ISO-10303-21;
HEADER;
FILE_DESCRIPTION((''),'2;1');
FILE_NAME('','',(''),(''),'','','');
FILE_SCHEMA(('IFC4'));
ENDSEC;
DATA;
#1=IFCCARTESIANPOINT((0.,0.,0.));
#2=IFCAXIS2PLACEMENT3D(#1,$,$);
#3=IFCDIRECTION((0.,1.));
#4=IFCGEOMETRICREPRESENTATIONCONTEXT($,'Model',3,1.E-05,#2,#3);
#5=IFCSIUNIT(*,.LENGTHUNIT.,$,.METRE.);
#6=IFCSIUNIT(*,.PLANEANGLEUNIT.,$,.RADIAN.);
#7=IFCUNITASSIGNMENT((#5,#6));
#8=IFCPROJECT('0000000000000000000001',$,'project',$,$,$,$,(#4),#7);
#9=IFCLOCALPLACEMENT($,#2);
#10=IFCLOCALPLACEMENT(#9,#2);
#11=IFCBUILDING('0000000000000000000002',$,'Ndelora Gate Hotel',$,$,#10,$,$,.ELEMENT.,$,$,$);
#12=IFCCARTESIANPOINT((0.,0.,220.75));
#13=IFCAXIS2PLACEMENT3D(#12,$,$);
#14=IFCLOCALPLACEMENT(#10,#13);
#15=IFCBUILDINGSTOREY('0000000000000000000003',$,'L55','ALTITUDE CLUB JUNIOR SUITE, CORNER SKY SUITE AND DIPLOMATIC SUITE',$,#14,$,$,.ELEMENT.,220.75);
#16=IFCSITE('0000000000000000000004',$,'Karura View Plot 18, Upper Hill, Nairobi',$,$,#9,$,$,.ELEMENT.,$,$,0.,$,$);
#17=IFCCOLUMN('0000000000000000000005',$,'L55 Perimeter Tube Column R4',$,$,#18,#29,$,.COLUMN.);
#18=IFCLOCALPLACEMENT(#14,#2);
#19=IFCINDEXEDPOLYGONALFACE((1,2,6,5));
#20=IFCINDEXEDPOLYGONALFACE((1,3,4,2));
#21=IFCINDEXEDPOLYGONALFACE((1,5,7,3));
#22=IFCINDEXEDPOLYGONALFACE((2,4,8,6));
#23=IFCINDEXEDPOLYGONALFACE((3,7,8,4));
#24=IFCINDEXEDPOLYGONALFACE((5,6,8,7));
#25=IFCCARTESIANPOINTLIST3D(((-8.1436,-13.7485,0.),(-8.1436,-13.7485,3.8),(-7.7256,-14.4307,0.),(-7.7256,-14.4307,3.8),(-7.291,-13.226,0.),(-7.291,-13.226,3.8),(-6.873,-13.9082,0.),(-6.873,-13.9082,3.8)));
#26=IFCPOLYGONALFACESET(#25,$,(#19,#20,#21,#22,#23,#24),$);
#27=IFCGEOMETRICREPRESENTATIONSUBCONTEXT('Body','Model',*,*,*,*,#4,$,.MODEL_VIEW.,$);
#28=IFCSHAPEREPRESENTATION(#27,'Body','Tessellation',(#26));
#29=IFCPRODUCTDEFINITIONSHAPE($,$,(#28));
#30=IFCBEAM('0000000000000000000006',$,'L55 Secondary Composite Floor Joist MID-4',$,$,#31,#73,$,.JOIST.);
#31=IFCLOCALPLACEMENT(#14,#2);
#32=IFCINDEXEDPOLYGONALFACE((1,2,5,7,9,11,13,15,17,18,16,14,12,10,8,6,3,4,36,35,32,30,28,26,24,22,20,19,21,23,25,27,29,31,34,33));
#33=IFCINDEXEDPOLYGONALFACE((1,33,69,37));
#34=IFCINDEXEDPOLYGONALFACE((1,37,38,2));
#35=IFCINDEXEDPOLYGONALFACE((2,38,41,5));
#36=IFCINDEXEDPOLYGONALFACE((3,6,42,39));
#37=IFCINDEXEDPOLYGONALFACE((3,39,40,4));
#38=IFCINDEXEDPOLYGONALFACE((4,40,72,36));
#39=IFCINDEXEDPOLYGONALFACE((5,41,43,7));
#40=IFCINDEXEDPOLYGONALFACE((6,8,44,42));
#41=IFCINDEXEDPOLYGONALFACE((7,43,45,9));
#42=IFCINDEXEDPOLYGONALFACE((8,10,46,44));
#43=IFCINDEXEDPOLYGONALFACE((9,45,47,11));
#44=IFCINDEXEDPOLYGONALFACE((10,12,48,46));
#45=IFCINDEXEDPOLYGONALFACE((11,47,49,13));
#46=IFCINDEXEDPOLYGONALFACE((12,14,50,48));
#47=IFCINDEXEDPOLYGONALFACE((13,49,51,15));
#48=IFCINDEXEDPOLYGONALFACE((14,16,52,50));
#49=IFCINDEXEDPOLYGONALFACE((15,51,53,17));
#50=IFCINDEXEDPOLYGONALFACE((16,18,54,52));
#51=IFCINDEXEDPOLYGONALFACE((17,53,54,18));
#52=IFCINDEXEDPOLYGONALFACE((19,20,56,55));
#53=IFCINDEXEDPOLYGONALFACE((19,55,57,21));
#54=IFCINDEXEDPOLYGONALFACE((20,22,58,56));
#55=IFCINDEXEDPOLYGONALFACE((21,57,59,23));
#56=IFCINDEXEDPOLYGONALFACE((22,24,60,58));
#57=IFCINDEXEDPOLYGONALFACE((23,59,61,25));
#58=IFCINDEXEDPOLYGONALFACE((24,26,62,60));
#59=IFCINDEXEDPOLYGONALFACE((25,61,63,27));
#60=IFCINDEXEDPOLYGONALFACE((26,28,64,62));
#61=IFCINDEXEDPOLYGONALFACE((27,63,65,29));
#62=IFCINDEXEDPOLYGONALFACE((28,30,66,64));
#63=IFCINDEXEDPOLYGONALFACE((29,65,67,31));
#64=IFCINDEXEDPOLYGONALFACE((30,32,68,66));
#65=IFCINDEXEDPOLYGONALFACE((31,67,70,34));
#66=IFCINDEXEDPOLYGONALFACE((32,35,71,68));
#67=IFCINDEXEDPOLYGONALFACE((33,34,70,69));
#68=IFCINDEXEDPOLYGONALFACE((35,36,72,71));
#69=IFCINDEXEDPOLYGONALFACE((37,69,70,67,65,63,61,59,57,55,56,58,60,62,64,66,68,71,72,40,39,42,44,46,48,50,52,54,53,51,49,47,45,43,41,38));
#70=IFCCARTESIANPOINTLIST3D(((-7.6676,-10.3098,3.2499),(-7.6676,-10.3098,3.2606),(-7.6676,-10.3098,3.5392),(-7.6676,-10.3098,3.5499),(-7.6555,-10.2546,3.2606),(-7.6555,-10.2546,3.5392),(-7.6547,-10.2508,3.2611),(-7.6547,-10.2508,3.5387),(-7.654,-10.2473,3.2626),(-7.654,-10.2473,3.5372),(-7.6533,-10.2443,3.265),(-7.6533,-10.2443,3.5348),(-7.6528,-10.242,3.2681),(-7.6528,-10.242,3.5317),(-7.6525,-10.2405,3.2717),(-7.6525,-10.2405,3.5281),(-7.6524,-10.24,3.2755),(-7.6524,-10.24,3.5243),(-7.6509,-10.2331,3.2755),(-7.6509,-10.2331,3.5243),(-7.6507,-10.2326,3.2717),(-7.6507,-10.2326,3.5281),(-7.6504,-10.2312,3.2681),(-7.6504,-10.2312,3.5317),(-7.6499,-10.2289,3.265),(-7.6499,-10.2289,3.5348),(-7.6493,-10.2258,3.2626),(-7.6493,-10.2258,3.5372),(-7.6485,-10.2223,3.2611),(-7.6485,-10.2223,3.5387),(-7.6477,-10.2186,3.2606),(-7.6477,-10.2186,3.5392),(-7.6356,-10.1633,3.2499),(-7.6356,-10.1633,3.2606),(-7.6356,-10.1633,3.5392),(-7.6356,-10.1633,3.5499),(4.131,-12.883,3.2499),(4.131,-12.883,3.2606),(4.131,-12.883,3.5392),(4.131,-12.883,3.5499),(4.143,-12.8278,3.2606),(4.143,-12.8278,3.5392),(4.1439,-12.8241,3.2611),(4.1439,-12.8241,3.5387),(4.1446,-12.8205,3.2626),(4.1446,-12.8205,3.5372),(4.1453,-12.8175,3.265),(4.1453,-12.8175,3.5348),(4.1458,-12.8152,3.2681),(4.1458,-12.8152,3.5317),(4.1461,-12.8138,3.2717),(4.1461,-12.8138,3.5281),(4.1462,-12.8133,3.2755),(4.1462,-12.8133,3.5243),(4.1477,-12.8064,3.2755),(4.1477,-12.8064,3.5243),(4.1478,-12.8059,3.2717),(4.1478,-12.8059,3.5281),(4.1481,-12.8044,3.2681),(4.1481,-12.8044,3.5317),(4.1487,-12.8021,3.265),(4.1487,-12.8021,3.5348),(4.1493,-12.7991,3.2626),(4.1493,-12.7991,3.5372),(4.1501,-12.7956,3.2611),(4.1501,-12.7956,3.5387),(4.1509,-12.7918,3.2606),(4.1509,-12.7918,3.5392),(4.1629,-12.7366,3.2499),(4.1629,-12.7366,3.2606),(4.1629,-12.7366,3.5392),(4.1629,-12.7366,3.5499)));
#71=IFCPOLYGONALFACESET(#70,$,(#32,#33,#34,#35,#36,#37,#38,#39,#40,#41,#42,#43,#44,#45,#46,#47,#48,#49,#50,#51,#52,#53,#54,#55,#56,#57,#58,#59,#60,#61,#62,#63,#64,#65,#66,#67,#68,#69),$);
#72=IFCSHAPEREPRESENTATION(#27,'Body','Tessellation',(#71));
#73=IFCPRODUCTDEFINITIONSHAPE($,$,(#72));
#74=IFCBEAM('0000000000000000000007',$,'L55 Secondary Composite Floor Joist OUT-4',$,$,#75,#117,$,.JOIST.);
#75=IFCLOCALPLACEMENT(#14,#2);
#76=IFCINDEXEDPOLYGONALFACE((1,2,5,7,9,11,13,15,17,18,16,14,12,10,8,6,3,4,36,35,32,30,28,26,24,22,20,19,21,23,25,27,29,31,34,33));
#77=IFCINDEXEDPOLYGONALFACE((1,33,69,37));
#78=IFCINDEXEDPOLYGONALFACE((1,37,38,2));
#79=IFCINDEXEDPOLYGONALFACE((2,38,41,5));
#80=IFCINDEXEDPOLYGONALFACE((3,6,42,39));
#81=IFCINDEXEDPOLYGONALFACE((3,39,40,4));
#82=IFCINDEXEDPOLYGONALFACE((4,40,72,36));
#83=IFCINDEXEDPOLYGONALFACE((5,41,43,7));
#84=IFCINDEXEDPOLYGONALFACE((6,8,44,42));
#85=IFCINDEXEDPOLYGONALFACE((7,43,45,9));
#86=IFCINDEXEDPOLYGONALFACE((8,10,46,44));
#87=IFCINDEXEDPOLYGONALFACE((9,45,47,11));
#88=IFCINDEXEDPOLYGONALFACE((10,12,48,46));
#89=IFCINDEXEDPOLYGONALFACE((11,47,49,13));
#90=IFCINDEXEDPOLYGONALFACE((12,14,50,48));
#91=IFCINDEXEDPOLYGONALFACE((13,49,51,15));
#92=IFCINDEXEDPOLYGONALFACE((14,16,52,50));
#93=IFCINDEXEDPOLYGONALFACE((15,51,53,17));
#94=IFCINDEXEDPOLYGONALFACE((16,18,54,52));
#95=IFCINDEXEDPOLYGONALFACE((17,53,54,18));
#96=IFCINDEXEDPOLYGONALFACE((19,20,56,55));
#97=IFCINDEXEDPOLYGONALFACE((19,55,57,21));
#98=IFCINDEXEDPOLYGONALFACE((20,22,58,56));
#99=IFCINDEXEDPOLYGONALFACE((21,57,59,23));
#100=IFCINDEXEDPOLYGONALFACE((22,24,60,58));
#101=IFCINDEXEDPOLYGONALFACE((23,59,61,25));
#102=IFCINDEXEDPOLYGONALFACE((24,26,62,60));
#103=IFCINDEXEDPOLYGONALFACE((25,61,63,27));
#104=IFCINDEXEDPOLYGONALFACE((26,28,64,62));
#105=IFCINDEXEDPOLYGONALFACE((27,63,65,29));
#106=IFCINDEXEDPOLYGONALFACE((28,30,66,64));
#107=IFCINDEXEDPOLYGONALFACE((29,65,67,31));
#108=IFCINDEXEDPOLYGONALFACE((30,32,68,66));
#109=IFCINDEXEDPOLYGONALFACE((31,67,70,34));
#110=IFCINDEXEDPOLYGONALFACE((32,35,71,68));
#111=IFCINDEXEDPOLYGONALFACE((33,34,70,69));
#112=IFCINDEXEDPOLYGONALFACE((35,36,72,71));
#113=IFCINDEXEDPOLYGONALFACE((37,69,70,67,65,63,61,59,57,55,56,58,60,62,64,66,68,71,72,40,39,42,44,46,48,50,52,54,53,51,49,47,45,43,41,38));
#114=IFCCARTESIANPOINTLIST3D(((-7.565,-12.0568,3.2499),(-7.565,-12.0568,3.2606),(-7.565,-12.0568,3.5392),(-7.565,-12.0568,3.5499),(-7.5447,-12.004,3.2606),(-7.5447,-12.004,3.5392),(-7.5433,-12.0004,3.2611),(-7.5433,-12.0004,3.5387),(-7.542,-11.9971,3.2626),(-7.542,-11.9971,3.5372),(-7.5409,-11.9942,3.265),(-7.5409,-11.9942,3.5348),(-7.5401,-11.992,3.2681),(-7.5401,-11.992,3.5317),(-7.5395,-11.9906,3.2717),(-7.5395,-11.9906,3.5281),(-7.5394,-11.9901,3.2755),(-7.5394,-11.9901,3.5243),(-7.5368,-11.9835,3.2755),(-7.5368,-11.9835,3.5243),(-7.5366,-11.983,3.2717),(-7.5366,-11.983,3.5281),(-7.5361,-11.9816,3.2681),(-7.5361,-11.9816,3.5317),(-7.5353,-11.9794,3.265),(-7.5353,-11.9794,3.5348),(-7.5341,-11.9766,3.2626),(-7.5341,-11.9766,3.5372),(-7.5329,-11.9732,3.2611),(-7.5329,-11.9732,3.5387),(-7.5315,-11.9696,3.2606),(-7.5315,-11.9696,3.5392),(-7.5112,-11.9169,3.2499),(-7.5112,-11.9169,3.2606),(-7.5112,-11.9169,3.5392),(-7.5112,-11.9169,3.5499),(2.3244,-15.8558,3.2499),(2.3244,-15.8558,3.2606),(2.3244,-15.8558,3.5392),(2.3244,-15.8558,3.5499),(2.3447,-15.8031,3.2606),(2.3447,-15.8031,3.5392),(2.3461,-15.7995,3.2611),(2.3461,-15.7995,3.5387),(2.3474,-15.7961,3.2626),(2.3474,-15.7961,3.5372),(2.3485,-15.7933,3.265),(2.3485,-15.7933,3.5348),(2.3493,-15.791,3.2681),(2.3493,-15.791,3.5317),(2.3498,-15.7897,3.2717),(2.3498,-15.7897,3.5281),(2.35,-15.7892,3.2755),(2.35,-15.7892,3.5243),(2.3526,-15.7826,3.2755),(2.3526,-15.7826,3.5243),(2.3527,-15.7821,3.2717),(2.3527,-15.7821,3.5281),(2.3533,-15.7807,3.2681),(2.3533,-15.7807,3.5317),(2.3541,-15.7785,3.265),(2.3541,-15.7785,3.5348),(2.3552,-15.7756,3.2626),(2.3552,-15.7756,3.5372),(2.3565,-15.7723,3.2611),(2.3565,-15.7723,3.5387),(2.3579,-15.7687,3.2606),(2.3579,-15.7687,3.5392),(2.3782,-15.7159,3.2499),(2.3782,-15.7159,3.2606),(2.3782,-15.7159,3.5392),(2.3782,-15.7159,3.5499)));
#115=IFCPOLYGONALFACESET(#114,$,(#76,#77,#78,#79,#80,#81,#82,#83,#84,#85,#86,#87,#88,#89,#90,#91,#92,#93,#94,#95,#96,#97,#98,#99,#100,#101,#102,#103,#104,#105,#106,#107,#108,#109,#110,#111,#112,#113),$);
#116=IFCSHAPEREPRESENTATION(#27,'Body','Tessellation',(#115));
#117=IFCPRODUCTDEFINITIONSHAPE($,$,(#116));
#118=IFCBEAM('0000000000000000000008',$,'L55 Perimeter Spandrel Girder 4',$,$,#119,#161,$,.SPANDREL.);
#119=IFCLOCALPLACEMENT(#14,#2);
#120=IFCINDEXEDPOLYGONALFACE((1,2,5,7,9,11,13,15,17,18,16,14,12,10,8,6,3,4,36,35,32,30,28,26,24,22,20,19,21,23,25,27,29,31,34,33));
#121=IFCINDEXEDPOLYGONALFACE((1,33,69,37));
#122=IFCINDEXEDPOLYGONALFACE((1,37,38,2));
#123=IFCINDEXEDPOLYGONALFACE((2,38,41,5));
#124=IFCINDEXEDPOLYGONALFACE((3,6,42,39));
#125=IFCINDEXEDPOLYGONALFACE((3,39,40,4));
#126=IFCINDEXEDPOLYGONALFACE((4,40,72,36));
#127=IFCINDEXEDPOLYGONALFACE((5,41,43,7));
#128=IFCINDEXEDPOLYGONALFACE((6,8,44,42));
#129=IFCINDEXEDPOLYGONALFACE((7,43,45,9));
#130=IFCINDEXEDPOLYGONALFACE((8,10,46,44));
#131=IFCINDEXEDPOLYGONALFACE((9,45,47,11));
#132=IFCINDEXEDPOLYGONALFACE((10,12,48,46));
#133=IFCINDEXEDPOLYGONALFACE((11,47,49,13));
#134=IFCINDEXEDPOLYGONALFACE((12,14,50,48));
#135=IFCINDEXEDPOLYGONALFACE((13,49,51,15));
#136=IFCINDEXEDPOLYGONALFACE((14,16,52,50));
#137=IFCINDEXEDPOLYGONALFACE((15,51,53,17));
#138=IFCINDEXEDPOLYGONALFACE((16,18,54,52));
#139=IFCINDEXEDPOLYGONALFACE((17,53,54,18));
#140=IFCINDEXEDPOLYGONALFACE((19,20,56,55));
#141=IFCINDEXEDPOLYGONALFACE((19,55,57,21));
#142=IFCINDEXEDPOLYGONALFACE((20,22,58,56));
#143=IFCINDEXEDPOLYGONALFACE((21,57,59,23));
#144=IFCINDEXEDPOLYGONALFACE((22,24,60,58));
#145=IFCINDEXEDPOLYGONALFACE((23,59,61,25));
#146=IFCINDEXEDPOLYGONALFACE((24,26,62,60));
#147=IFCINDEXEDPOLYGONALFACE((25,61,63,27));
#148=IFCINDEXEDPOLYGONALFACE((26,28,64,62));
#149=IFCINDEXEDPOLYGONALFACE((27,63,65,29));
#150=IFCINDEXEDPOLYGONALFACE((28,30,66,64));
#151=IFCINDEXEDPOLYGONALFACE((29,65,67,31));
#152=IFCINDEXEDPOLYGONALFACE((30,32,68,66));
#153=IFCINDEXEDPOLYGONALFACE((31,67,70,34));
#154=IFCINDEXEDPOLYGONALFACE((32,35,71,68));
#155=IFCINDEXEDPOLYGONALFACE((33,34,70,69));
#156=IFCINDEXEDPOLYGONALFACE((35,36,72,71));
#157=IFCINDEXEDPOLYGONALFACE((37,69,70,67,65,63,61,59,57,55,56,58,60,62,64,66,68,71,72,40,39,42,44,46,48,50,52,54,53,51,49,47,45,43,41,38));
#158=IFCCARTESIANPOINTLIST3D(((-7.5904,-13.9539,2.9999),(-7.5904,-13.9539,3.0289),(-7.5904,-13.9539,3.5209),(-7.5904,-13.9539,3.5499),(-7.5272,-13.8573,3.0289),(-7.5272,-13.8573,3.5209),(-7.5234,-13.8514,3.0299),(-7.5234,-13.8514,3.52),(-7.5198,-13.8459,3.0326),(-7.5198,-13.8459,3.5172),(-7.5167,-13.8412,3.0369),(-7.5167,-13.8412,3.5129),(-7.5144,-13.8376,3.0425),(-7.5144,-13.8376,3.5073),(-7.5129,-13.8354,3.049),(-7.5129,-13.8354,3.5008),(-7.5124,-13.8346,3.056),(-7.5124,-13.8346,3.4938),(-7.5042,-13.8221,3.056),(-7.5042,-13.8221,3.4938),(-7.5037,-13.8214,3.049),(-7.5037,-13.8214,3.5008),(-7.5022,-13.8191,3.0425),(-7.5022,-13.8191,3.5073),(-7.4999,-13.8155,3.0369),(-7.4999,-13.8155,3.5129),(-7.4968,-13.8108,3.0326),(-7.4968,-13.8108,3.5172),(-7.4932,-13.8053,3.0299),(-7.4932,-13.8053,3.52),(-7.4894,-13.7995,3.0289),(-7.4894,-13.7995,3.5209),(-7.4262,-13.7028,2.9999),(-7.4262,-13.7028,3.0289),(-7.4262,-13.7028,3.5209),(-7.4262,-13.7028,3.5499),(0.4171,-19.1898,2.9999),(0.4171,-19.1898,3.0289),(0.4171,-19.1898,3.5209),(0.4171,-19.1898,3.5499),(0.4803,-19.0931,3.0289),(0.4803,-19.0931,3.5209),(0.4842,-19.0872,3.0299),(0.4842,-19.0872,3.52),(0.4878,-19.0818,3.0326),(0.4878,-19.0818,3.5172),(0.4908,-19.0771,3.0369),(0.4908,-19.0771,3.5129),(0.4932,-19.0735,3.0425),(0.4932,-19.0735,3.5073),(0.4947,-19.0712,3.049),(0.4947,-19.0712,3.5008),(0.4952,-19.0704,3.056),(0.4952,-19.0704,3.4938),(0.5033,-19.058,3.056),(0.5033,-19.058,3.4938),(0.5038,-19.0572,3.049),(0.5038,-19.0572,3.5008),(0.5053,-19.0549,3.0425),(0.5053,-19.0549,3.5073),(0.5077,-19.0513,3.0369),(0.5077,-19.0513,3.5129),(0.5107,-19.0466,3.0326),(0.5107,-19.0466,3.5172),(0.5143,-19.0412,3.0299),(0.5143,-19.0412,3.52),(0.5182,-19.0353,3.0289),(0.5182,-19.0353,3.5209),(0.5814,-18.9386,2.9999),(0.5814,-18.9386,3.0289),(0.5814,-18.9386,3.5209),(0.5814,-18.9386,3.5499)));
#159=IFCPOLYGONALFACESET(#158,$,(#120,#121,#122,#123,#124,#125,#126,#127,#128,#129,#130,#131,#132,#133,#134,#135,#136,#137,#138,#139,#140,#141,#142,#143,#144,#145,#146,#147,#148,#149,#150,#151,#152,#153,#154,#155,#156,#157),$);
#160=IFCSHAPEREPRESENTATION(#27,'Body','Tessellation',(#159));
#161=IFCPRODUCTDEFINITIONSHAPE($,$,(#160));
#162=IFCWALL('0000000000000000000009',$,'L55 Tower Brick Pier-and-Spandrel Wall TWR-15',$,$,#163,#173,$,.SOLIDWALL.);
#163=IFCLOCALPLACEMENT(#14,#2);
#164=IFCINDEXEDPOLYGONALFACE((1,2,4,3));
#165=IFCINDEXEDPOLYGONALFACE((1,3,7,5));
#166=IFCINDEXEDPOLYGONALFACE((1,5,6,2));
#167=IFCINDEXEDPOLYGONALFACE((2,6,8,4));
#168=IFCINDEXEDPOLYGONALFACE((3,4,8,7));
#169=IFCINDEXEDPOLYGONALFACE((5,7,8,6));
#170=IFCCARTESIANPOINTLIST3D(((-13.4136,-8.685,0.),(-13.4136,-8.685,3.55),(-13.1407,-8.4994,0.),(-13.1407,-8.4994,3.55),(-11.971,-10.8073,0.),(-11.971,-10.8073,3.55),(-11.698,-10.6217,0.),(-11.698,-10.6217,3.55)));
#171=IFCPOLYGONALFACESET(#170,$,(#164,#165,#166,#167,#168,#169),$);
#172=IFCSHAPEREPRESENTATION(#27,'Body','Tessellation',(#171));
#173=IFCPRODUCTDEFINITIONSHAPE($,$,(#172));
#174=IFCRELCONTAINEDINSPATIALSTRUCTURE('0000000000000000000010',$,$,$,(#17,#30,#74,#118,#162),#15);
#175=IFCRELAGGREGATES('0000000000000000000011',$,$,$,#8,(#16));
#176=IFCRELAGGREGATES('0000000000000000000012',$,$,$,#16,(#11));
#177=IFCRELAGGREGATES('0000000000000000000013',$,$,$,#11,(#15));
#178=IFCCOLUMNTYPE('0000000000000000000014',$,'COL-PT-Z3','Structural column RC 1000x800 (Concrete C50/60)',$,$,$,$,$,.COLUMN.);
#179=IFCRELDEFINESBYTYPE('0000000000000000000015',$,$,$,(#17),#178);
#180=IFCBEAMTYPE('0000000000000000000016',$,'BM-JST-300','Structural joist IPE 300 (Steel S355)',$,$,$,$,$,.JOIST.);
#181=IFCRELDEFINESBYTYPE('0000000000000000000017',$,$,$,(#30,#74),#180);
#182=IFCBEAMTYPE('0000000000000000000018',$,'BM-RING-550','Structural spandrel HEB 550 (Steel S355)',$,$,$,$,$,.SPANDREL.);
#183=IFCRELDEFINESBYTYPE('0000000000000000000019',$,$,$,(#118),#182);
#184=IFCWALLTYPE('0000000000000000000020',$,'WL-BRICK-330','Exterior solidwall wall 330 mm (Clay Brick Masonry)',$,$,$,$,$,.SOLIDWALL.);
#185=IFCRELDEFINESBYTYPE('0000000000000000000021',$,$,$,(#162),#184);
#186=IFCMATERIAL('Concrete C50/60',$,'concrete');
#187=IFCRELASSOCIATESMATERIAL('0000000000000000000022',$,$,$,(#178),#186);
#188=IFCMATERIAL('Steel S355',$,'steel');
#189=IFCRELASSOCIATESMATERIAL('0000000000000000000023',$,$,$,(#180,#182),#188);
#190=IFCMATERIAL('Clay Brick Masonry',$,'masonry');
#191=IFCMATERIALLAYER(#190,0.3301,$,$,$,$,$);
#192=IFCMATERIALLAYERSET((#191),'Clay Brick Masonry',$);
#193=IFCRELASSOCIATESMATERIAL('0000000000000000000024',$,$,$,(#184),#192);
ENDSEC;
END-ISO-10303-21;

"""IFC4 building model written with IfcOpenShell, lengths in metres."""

from ifc_helpers import new_model, si_unit, direction, frame, frame_2d, origin, origin_2d, place, context, subcontext, project, spatial, rectangle, i_section, extrude, material, layer, layer_set, material_profile, profile_set, type_object, element, save


model = new_model("IFC4")

# Units and contexts
model_context = context("Model", 3, precision=1e-05, world=origin(), true_north=direction((0.0, 1.0)))
body_context = subcontext(model_context, "Body", "Model", "MODEL_VIEW")
ifc_project = project(units=[si_unit("LENGTHUNIT", "METRE"), si_unit("PLANEANGLEUNIT", "RADIAN")], contexts=[model_context])

# Site, building, storey
site_placement = place(None, origin())
site = spatial("IfcSite", under=ifc_project, at=site_placement, Name="Karura View Plot 18, Upper Hill, Nairobi", CompositionType="ELEMENT", RefElevation=0.0)
building_placement = place(site_placement, origin())
building = spatial("IfcBuilding", under=site, at=building_placement, Name="Ndelora Gate Hotel", CompositionType="ELEMENT")
storey_placement = place(building_placement, frame((0.0, 0.0, 220.75)))
storey = spatial("IfcBuildingStorey", under=building, at=storey_placement, Name="L55", Description="ALTITUDE CLUB JUNIOR SUITE, CORNER SKY SUITE AND DIPLOMATIC SUITE", CompositionType="ELEMENT", Elevation=220.75)

# Column
ifc_material_1 = material(Name="Concrete C50/60", Category="concrete")
ifc_material_profile_1 = material_profile(ifc_material_1, rectangle(XDim=0.8, YDim=1.0, at=origin_2d()), Name="RC 1000x800")
ifc_profile_set_1 = profile_set([ifc_material_profile_1], Name="Concrete C50/60")
column_type = type_object("IfcColumnType", Name="COL-PT-Z3", Description="Structural column RC 1000x800 (Concrete C50/60)", PredefinedType="COLUMN", material=ifc_profile_set_1)
column_placement = place(storey_placement, frame((-7.5083, -13.8284, 0.0), z_axis=(0.0, 0.0, 1.0), x_axis=(-0.522499, 0.85264, 0.0)))
element("IfcColumn", 1, at=column_placement, inside=storey, type_object=column_type, Name="L55 Perimeter Tube Column R4", PredefinedType="COLUMN", context=body_context, shape_type="SweptSolid", body=[
    extrude(rectangle(XDim=0.8, YDim=1.0, at=origin_2d()), origin(), (0.0, 0.0, 1.0), 3.8),
])

# Beams
ifc_material_2 = material(Name="Steel S355", Category="steel")
ifc_material_profile_2 = material_profile(ifc_material_2, i_section(OverallWidth=0.1499, OverallDepth=0.3, WebThickness=0.0071, FlangeThickness=0.0107, FilletRadius=0.0149, at=origin_2d()), Name="IPE 300")
ifc_profile_set_2 = profile_set([ifc_material_profile_2], Name="Steel S355")
beam_type_1 = type_object("IfcBeamType", Name="BM-JST-300", Description="Structural joist IPE 300 (Steel S355)", PredefinedType="JOIST", material=ifc_profile_set_2)
beam_1_placement = place(storey_placement, frame((-7.6516, -10.2366, 3.3999), z_axis=(0.977033, -0.213088, 0.0), x_axis=(0.213088, 0.977033, 0.0)))
element("IfcBeam", 2, at=beam_1_placement, inside=storey, type_object=beam_type_1, Name="L55 Secondary Composite Floor Joist MID-4", PredefinedType="JOIST", context=body_context, shape_type="SweptSolid", body=[
    extrude(i_section(OverallWidth=0.1499, OverallDepth=0.3, WebThickness=0.0071, FlangeThickness=0.0107, FilletRadius=0.0149, at=origin_2d()), origin(), (0.0, 0.0, 1.0), 12.0759),
])
beam_2_placement = place(storey_placement, frame((-7.5381, -11.9868, 3.3999), z_axis=(0.933489, -0.358605, 0.0), x_axis=(0.358605, 0.933489, 0.0)))
element("IfcBeam", 3, at=beam_2_placement, inside=storey, type_object=beam_type_1, Name="L55 Secondary Composite Floor Joist OUT-4", PredefinedType="JOIST", context=body_context, shape_type="SweptSolid", body=[
    extrude(i_section(OverallWidth=0.1499, OverallDepth=0.3, WebThickness=0.0071, FlangeThickness=0.0107, FilletRadius=0.0149, at=origin_2d()), origin(), (0.0, 0.0, 1.0), 10.594),
])
ifc_material_profile_3 = material_profile(ifc_material_2, i_section(OverallWidth=0.3, OverallDepth=0.55, WebThickness=0.0149, FlangeThickness=0.0291, FilletRadius=0.0271, at=origin_2d()), Name="HEB 550")
ifc_profile_set_3 = profile_set([ifc_material_profile_3], Name="Steel S355")
beam_type_2 = type_object("IfcBeamType", Name="BM-RING-550", Description="Structural spandrel HEB 550 (Steel S355)", PredefinedType="SPANDREL", material=ifc_profile_set_3)
beam_3_placement = place(storey_placement, frame((-7.5083, -13.8284, 3.2749), z_axis=(0.836964, -0.547258, 0.0), x_axis=(0.547258, 0.836964, 0.0)))
element("IfcBeam", 4, at=beam_3_placement, inside=storey, type_object=beam_type_2, Name="L55 Perimeter Spandrel Girder 4", PredefinedType="SPANDREL", context=body_context, shape_type="SweptSolid", body=[
    extrude(i_section(OverallWidth=0.3, OverallDepth=0.55, WebThickness=0.0149, FlangeThickness=0.0291, FilletRadius=0.0271, at=origin_2d()), origin(), (0.0, 0.0, 1.0), 9.5674),
])

# Wall
ifc_material_3 = material(Name="Clay Brick Masonry", Category="masonry")
ifc_layer_1 = layer(ifc_material_3, 0.3301)
ifc_layer_set_1 = layer_set([ifc_layer_1], Name="Clay Brick Masonry")
wall_type_1 = type_object("IfcWallType", Name="WL-BRICK-330", Description="Exterior solidwall wall 330 mm (Clay Brick Masonry)", PredefinedType="SOLIDWALL", material=ifc_layer_set_1)
wall_1_placement = place(storey_placement, frame((-11.8345, -10.7146, 0.0), z_axis=(0.0, 0.0, 1.0), x_axis=(-0.562164, 0.827026, 0.0)))
element("IfcWall", 5, at=wall_1_placement, inside=storey, type_object=wall_type_1, Name="L55 Tower Brick Pier-and-Spandrel Wall TWR-15", PredefinedType="SOLIDWALL", context=body_context, shape_type="SweptSolid", body=[
    extrude(rectangle(XDim=2.5662, YDim=0.3301, at=frame_2d((1.2832, 0.0))), origin(), (0.0, 0.0, 1.0), 3.55),
])

save(model, "model.ifc")
